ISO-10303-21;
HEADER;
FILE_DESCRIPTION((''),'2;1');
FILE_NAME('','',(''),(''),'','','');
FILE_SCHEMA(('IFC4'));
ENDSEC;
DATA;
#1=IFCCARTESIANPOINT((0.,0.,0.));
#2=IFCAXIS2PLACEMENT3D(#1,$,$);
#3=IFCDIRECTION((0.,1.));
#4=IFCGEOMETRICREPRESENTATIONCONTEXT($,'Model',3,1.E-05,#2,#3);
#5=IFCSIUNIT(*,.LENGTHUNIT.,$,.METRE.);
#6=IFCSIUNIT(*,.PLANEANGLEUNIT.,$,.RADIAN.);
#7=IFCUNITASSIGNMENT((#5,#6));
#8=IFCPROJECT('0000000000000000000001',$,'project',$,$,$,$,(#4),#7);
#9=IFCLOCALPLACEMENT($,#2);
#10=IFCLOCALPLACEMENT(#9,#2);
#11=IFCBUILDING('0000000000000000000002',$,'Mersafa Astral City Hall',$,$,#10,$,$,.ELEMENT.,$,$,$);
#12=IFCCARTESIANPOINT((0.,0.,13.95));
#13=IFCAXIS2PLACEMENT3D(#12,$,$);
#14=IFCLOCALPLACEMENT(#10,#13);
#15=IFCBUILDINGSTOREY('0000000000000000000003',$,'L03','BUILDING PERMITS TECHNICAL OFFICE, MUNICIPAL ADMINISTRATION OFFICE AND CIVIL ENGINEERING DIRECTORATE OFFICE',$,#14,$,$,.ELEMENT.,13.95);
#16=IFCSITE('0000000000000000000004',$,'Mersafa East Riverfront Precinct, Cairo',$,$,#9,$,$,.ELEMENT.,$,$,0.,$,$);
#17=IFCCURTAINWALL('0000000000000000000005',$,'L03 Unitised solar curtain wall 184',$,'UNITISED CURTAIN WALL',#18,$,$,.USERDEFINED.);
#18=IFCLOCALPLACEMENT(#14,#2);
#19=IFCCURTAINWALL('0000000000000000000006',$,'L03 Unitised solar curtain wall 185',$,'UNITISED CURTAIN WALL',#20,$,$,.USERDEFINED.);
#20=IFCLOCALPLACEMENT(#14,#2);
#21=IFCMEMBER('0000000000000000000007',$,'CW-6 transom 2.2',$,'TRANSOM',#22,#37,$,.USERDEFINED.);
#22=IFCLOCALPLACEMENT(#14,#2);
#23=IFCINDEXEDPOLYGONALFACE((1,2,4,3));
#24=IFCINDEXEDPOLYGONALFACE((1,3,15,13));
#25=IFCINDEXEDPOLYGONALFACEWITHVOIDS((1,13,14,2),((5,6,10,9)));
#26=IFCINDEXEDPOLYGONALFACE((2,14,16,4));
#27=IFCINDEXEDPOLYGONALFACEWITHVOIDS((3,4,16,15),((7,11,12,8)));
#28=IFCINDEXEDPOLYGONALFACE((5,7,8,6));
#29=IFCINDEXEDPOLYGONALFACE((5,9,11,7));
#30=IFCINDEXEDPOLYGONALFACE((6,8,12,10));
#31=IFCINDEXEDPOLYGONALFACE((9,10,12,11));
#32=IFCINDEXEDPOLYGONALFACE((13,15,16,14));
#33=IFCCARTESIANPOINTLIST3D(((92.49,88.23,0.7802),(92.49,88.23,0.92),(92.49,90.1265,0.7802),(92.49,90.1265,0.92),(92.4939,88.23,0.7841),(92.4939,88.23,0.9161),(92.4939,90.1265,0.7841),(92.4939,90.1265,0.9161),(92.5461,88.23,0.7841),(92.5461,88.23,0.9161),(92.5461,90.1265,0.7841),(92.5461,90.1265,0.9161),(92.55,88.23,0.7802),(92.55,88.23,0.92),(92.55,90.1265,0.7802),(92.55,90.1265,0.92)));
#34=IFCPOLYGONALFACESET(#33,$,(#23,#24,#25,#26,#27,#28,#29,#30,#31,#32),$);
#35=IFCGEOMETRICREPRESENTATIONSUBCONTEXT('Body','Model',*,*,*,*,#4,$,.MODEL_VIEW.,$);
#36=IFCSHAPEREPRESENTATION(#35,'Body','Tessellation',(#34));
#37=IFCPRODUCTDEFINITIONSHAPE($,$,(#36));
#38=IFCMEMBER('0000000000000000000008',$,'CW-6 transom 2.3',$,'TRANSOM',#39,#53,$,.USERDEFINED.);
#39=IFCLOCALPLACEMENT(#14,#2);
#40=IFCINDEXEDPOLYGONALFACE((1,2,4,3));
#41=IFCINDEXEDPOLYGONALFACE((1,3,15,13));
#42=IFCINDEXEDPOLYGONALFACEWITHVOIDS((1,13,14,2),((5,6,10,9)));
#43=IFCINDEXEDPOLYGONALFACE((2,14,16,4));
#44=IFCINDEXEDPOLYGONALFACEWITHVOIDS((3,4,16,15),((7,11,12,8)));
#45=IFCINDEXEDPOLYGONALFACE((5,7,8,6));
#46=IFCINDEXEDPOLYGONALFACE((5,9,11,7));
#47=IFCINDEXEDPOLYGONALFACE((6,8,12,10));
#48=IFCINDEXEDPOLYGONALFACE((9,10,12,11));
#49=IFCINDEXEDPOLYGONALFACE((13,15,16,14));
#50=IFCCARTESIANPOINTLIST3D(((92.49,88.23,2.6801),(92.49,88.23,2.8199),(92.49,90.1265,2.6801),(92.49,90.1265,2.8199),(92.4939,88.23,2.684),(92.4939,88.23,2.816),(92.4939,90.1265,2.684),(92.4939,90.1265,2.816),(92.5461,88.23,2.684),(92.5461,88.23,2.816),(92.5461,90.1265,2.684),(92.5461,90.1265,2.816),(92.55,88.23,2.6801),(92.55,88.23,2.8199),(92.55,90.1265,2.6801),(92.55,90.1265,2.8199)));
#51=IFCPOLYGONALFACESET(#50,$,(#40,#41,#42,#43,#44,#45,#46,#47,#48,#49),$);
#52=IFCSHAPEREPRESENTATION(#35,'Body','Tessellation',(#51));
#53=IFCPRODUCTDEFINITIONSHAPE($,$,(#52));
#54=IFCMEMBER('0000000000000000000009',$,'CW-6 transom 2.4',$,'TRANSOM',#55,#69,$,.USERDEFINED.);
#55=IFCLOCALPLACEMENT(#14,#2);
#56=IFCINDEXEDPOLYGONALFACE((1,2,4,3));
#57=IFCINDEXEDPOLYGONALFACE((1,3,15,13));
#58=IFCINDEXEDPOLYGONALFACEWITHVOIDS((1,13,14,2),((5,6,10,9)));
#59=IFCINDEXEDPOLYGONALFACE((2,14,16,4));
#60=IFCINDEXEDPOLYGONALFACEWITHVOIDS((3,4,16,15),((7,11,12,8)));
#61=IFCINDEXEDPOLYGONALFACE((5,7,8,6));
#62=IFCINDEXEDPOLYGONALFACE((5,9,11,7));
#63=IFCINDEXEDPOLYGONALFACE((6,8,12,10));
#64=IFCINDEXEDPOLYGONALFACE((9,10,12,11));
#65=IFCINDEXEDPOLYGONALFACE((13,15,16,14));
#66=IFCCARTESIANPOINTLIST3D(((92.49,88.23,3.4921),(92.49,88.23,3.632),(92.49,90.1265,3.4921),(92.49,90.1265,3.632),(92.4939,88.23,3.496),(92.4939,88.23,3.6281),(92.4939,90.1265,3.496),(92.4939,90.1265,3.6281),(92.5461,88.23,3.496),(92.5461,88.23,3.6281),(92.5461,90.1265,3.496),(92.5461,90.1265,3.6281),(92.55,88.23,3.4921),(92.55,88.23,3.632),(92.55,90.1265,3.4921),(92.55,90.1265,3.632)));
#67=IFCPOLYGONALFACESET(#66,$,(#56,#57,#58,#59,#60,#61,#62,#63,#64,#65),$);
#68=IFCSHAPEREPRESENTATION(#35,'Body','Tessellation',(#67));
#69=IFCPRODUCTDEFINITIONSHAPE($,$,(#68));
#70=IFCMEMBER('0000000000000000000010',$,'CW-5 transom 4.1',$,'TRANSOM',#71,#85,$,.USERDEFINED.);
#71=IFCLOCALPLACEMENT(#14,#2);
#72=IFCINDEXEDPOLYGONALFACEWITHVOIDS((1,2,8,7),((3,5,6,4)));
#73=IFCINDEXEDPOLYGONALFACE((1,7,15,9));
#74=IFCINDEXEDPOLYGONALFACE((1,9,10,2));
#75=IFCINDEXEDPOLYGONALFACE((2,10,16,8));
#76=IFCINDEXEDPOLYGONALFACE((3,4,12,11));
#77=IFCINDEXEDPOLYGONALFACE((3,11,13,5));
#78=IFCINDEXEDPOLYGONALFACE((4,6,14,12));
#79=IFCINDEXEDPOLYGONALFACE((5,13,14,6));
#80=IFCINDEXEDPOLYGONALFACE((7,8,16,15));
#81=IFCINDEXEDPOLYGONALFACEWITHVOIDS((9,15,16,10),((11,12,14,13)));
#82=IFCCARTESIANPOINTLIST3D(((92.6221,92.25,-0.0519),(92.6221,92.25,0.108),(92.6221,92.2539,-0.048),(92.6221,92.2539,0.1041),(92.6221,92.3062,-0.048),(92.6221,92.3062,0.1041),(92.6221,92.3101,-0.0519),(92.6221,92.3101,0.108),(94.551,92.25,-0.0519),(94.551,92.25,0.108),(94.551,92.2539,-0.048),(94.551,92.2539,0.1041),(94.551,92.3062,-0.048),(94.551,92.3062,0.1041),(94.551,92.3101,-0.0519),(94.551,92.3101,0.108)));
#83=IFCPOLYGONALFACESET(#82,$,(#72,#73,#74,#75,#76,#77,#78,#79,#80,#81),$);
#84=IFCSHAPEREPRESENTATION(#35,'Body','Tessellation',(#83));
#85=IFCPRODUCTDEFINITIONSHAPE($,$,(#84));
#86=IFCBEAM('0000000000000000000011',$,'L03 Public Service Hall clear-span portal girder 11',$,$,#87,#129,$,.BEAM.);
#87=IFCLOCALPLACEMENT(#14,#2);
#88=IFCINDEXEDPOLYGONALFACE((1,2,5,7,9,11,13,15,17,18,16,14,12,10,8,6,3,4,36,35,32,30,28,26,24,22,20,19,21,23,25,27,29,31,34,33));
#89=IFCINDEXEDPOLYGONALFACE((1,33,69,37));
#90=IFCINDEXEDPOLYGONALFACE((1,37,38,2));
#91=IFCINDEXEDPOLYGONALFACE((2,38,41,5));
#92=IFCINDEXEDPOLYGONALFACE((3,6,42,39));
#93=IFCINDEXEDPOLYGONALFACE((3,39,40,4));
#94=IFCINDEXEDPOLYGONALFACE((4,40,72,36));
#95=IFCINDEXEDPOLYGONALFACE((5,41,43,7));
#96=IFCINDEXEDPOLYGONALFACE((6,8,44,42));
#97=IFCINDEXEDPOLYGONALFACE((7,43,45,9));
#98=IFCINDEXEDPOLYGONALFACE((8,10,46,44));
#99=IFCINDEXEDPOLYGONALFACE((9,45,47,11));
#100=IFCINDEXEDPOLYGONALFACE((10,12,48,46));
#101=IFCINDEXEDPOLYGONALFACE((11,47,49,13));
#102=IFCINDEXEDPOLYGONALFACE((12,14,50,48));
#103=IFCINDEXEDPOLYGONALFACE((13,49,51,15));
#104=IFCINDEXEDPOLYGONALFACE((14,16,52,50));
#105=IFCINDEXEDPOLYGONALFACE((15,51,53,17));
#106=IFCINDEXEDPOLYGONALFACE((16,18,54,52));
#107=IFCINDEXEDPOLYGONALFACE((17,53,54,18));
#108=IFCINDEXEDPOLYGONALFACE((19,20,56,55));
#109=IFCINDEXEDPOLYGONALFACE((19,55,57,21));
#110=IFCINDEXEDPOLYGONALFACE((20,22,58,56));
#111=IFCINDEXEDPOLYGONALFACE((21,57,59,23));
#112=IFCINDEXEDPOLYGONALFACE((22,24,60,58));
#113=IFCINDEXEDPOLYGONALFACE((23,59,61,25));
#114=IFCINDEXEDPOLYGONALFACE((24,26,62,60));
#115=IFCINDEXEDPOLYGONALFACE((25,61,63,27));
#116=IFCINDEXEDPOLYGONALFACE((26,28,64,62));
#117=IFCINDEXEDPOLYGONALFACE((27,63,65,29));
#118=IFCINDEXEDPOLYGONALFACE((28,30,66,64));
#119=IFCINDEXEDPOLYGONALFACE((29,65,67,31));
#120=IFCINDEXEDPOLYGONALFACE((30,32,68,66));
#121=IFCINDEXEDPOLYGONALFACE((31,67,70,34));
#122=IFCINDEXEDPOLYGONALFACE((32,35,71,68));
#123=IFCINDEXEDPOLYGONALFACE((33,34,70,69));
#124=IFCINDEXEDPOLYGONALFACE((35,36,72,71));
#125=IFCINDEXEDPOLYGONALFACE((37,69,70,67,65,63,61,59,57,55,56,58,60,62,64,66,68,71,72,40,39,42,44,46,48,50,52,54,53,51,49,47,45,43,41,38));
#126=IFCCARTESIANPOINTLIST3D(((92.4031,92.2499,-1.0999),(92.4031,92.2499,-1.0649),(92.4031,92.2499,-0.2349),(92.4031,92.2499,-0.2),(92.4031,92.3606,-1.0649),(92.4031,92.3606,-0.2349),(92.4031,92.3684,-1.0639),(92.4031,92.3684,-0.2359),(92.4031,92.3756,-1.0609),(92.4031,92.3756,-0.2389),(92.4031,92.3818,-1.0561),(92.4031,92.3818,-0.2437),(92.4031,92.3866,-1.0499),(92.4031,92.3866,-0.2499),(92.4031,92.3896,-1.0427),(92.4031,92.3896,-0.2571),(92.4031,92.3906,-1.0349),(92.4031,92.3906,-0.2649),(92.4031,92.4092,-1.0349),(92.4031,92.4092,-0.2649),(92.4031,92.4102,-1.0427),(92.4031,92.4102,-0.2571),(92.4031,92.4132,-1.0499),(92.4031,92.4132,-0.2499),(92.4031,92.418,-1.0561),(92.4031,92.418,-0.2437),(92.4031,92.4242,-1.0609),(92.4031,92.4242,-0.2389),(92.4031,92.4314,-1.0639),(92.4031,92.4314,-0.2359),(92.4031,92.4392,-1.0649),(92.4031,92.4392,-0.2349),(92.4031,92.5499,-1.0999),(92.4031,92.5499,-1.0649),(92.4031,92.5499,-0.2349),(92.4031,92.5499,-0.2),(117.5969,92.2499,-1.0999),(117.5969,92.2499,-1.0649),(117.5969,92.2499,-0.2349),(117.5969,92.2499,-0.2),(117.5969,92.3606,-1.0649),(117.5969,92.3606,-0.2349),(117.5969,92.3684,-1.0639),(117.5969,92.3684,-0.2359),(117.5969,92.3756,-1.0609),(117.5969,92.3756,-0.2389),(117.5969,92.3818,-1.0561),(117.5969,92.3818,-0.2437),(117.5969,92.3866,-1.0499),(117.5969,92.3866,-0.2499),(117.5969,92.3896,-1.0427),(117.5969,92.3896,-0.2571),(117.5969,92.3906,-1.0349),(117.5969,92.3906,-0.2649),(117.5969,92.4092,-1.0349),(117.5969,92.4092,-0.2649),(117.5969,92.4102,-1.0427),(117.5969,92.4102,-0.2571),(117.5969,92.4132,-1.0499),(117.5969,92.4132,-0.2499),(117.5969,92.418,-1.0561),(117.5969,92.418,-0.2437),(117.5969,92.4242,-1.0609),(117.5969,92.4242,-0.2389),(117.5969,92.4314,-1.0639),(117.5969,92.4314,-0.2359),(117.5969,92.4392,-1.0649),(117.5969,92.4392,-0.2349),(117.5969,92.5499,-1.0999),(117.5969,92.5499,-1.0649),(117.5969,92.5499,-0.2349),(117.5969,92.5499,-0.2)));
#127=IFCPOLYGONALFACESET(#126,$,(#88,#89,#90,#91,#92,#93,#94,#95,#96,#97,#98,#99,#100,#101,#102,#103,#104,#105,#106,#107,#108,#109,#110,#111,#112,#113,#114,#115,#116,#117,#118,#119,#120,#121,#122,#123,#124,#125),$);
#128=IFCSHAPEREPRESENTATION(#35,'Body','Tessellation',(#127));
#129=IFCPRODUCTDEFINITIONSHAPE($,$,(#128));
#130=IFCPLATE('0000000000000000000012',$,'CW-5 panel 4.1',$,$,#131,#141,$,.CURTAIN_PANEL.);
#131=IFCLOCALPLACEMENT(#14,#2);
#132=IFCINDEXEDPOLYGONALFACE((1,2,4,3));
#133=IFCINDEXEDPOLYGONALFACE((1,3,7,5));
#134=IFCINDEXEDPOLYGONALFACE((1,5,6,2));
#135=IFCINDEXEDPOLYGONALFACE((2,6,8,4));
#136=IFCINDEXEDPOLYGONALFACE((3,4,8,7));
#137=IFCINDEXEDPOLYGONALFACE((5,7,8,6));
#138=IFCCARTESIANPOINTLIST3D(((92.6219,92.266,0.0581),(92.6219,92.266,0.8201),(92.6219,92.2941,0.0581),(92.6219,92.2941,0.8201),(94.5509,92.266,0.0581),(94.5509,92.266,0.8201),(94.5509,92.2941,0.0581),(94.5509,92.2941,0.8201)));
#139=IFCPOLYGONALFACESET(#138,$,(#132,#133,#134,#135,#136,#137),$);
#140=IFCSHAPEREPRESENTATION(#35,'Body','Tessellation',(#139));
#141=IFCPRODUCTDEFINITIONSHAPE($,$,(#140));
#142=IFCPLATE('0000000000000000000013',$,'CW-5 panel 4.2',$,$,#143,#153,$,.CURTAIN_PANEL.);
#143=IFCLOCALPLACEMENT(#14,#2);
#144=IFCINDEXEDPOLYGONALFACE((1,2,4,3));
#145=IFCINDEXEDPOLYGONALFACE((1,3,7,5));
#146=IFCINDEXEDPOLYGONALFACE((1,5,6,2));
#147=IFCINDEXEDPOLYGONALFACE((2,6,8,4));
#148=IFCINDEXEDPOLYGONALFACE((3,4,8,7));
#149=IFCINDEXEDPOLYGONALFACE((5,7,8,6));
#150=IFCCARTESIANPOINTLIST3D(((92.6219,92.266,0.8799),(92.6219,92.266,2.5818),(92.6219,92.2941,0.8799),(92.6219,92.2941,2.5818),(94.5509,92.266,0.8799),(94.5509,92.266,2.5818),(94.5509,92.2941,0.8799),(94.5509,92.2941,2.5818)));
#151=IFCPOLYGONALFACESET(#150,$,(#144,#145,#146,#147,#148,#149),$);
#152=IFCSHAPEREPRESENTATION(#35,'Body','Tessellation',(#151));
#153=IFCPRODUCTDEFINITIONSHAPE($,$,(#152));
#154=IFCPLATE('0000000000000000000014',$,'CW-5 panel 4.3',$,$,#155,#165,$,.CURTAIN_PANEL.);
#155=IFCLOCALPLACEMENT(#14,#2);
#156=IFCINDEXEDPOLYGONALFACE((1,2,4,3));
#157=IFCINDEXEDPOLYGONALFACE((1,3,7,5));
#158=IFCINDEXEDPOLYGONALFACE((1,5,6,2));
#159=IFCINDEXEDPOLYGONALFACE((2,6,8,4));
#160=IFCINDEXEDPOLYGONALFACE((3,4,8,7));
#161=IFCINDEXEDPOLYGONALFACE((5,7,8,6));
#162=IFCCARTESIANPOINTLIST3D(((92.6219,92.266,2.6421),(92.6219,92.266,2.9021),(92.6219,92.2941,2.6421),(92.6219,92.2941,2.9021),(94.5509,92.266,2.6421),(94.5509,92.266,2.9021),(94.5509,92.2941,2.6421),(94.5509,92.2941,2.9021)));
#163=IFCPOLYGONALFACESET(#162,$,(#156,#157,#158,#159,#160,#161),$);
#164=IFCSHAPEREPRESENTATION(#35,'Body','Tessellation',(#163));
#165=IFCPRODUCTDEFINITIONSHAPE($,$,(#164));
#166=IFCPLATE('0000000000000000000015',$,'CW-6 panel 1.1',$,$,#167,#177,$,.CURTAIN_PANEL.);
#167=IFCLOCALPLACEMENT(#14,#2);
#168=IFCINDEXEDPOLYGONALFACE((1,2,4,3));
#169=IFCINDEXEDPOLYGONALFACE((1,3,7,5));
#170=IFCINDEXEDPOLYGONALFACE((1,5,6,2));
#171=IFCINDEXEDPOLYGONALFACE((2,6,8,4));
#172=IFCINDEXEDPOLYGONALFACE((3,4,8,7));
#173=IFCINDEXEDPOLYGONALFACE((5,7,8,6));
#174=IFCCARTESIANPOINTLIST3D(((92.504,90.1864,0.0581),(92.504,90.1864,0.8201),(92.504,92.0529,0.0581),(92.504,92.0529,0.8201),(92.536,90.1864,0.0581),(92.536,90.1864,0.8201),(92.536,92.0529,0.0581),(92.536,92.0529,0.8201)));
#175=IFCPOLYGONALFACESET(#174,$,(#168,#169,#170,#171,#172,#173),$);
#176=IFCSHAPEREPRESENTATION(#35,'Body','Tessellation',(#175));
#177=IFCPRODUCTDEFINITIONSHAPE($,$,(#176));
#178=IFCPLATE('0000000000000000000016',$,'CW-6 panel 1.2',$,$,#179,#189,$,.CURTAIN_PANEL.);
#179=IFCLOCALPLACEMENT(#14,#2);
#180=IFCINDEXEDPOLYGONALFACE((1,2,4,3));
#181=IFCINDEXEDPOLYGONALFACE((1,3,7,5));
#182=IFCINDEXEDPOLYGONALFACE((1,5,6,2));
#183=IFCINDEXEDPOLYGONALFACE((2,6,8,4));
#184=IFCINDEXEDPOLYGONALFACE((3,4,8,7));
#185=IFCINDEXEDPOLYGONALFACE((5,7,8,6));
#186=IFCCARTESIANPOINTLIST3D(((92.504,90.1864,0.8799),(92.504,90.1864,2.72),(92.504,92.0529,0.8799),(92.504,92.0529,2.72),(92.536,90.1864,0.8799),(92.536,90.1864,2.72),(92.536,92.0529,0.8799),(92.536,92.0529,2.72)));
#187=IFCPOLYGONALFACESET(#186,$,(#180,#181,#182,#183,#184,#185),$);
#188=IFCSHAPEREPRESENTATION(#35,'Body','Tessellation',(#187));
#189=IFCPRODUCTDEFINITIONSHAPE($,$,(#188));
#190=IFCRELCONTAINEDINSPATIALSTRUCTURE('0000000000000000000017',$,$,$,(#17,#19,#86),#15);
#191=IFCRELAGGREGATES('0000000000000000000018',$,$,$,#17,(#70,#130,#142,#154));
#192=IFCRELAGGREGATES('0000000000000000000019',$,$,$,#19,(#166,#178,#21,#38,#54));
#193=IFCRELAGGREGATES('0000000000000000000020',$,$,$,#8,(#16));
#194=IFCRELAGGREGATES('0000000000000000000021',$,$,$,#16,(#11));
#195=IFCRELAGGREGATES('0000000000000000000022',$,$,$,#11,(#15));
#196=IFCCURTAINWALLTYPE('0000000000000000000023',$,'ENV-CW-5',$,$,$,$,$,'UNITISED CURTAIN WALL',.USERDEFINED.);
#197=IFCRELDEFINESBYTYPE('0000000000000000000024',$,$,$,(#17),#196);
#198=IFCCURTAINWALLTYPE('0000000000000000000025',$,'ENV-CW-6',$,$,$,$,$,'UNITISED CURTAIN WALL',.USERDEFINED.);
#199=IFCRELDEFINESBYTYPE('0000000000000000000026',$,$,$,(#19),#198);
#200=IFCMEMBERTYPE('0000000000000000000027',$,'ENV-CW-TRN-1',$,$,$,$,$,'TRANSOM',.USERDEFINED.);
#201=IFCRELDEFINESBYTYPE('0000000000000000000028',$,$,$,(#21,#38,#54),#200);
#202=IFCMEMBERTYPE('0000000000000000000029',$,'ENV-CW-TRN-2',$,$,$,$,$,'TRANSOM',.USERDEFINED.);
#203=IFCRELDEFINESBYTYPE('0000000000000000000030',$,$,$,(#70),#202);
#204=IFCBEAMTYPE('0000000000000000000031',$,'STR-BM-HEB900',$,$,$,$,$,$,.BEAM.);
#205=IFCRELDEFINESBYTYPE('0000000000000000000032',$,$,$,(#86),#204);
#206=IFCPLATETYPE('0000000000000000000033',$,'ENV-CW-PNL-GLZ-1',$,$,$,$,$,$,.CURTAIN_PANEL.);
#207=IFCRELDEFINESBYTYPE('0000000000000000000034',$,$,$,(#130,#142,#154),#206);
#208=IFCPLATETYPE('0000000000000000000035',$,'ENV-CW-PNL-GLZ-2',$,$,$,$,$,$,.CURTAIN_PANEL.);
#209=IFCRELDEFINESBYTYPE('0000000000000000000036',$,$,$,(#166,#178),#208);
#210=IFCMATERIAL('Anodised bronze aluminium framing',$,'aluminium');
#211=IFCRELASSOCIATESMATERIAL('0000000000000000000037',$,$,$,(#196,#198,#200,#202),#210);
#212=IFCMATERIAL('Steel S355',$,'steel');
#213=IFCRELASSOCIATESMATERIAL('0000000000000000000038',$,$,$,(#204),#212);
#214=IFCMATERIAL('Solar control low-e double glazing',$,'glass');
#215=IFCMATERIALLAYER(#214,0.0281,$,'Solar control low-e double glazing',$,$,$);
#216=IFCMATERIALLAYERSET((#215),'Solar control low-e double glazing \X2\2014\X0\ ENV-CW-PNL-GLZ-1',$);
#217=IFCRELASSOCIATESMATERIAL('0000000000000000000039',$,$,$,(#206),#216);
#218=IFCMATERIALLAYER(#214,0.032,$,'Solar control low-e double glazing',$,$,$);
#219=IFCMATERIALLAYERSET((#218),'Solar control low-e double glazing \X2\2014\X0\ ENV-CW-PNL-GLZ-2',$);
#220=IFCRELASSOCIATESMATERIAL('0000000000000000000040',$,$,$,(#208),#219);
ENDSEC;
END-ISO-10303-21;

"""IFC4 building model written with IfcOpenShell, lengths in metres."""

from ifc_helpers import new_model, si_unit, direction, frame, origin, origin_2d, place, context, subcontext, project, spatial, rectangle, hollow_rectangle, i_section, extrude, material, layer, layer_set, material_profile, profile_set, type_object, element, aggregate, save


model = new_model("IFC4")

# Units and contexts
model_context = context("Model", 3, precision=1e-05, world=origin(), true_north=direction((0.0, 1.0)))
body_context = subcontext(model_context, "Body", "Model", "MODEL_VIEW")
ifc_project = project(units=[si_unit("LENGTHUNIT", "METRE"), si_unit("PLANEANGLEUNIT", "RADIAN")], contexts=[model_context])

# Site, building, storey
site_placement = place(None, origin())
site = spatial("IfcSite", under=ifc_project, at=site_placement, Name="Mersafa East Riverfront Precinct, Cairo", CompositionType="ELEMENT", RefElevation=0.0)
building_placement = place(site_placement, origin())
building = spatial("IfcBuilding", under=site, at=building_placement, Name="Mersafa Astral City Hall", CompositionType="ELEMENT")
storey_placement = place(building_placement, frame((0.0, 0.0, 13.95)))
storey = spatial("IfcBuildingStorey", under=building, at=storey_placement, Name="L03", Description="BUILDING PERMITS TECHNICAL OFFICE, MUNICIPAL ADMINISTRATION OFFICE AND CIVIL ENGINEERING DIRECTORATE OFFICE", CompositionType="ELEMENT", Elevation=13.95)

# Shared definitions
ifc_material_1 = material(Name="Steel S355", Category="steel")

# Curtain wall
ifc_material_2 = material(Name="Anodised bronze aluminium framing", Category="aluminium")
curtain_wall_type_1 = type_object("IfcCurtainWallType", Name="ENV-CW-5", ElementType="UNITISED CURTAIN WALL", PredefinedType="USERDEFINED", material=ifc_material_2)
curtain_wall_1_placement = place(storey_placement, origin())
curtain_wall_1 = element("IfcCurtainWall", 1, at=curtain_wall_1_placement, inside=storey, type_object=curtain_wall_type_1, Name="L03 Unitised solar curtain wall 184", ObjectType="UNITISED CURTAIN WALL", PredefinedType="USERDEFINED")

# Curtain wall, members
curtain_wall_type_2 = type_object("IfcCurtainWallType", Name="ENV-CW-6", ElementType="UNITISED CURTAIN WALL", PredefinedType="USERDEFINED", material=ifc_material_2)
curtain_wall_2_placement = place(storey_placement, origin())
curtain_wall_2 = element("IfcCurtainWall", 2, at=curtain_wall_2_placement, inside=storey, type_object=curtain_wall_type_2, Name="L03 Unitised solar curtain wall 185", ObjectType="UNITISED CURTAIN WALL", PredefinedType="USERDEFINED")
ifc_material_profile_1 = material_profile(ifc_material_2, hollow_rectangle(XDim=0.0601, YDim=0.1399, WallThickness=0.0039, at=origin_2d()), Name="RHS 60x140x4")
ifc_profile_set_1 = profile_set([ifc_material_profile_1], Name="Anodised bronze aluminium framing")
member_type_1 = type_object("IfcMemberType", Name="ENV-CW-TRN-1", ElementType="TRANSOM", PredefinedType="USERDEFINED", material=ifc_profile_set_1)
member_1_placement = place(storey_placement, frame((92.52, 90.1265, 0.8501), z_axis=(0.0, -1.0, 0.0), x_axis=(1.0, 0.0, 0.0)))
member_1 = element("IfcMember", 3, at=member_1_placement, type_object=member_type_1, Name="CW-6 transom 2.2", ObjectType="TRANSOM", PredefinedType="USERDEFINED", context=body_context, shape_type="SweptSolid", body=[
    extrude(hollow_rectangle(XDim=0.0601, YDim=0.1399, WallThickness=0.0039, at=origin_2d()), origin(), (0.0, 0.0, 1.0), 1.8965),
])
member_2_placement = place(storey_placement, frame((92.52, 90.1265, 2.75), z_axis=(0.0, -1.0, 0.0), x_axis=(1.0, 0.0, 0.0)))
member_2 = element("IfcMember", 4, at=member_2_placement, type_object=member_type_1, Name="CW-6 transom 2.3", ObjectType="TRANSOM", PredefinedType="USERDEFINED", context=body_context, shape_type="SweptSolid", body=[
    extrude(hollow_rectangle(XDim=0.0601, YDim=0.1399, WallThickness=0.0039, at=origin_2d()), origin(), (0.0, 0.0, 1.0), 1.8965),
])
member_3_placement = place(storey_placement, frame((92.52, 90.1265, 3.562), z_axis=(0.0, -1.0, 0.0), x_axis=(1.0, 0.0, 0.0)))
member_3 = element("IfcMember", 5, at=member_3_placement, type_object=member_type_1, Name="CW-6 transom 2.4", ObjectType="TRANSOM", PredefinedType="USERDEFINED", context=body_context, shape_type="SweptSolid", body=[
    extrude(hollow_rectangle(XDim=0.0601, YDim=0.1399, WallThickness=0.0039, at=origin_2d()), origin(), (0.0, 0.0, 1.0), 1.8965),
])

# Member
ifc_material_profile_2 = material_profile(ifc_material_2, hollow_rectangle(XDim=0.0601, YDim=0.1599, WallThickness=0.0039, at=origin_2d()), Name="RHS 60x160x4")
ifc_profile_set_2 = profile_set([ifc_material_profile_2], Name="Anodised bronze aluminium framing")
member_type_2 = type_object("IfcMemberType", Name="ENV-CW-TRN-2", ElementType="TRANSOM", PredefinedType="USERDEFINED", material=ifc_profile_set_2)
member_4_placement = place(storey_placement, frame((94.551, 92.28, 0.0281), z_axis=(-1.0, 0.0, 0.0), x_axis=(0.0, -1.0, 0.0)))
member_4 = element("IfcMember", 6, at=member_4_placement, type_object=member_type_2, Name="CW-5 transom 4.1", ObjectType="TRANSOM", PredefinedType="USERDEFINED", context=body_context, shape_type="SweptSolid", body=[
    extrude(hollow_rectangle(XDim=0.0601, YDim=0.1599, WallThickness=0.0039, at=origin_2d()), origin(), (0.0, 0.0, 1.0), 1.929),
])

# Beam
ifc_material_profile_3 = material_profile(ifc_material_1, i_section(OverallWidth=0.3, OverallDepth=0.8999, WebThickness=0.0186, FlangeThickness=0.0349, FilletRadius=0.03, at=origin_2d()), Name="HEB 900")
ifc_profile_set_3 = profile_set([ifc_material_profile_3], Name="Steel S355")
beam_type = type_object("IfcBeamType", Name="STR-BM-HEB900", PredefinedType="BEAM", material=ifc_profile_set_3)
beam_placement = place(storey_placement, frame((92.4031, 92.3999, -0.6499), z_axis=(1.0, 0.0, 0.0), x_axis=(0.0, 1.0, 0.0)))
element("IfcBeam", 7, at=beam_placement, inside=storey, type_object=beam_type, Name="L03 Public Service Hall clear-span portal girder 11", PredefinedType="BEAM", context=body_context, shape_type="SweptSolid", body=[
    extrude(i_section(OverallWidth=0.3, OverallDepth=0.8999, WebThickness=0.0186, FlangeThickness=0.0349, FilletRadius=0.03, at=origin_2d()), origin(), (0.0, 0.0, 1.0), 25.1938),
])

# Plates
ifc_material_3 = material(Name="Solar control low-e double glazing", Category="glass")
ifc_layer_1 = layer(ifc_material_3, 0.0281, Name="Solar control low-e double glazing")
ifc_layer_set_1 = layer_set([ifc_layer_1], Name="Solar control low-e double glazing — ENV-CW-PNL-GLZ-1")
plate_type_1 = type_object("IfcPlateType", Name="ENV-CW-PNL-GLZ-1", PredefinedType="CURTAIN_PANEL", material=ifc_layer_set_1)
plate_1_placement = place(storey_placement, frame((93.5864, 92.28, 0.0581), z_axis=(0.0, 0.0, 1.0), x_axis=(-1.0, 0.0, 0.0)))
plate_1 = element("IfcPlate", 8, at=plate_1_placement, type_object=plate_type_1, Name="CW-5 panel 4.1", PredefinedType="CURTAIN_PANEL", context=body_context, shape_type="SweptSolid", body=[
    extrude(rectangle(XDim=1.929, YDim=0.0281, at=origin_2d()), origin(), (0.0, 0.0, 1.0), 0.762),
])
plate_2_placement = place(storey_placement, frame((93.5864, 92.28, 0.8799), z_axis=(0.0, 0.0, 1.0), x_axis=(-1.0, 0.0, 0.0)))
plate_2 = element("IfcPlate", 9, at=plate_2_placement, type_object=plate_type_1, Name="CW-5 panel 4.2", PredefinedType="CURTAIN_PANEL", context=body_context, shape_type="SweptSolid", body=[
    extrude(rectangle(XDim=1.929, YDim=0.0281, at=origin_2d()), origin(), (0.0, 0.0, 1.0), 1.7019),
])
plate_3_placement = place(storey_placement, frame((93.5864, 92.28, 2.6421), z_axis=(0.0, 0.0, 1.0), x_axis=(-1.0, 0.0, 0.0)))
plate_3 = element("IfcPlate", 10, at=plate_3_placement, type_object=plate_type_1, Name="CW-5 panel 4.3", PredefinedType="CURTAIN_PANEL", context=body_context, shape_type="SweptSolid", body=[
    extrude(rectangle(XDim=1.929, YDim=0.0281, at=origin_2d()), origin(), (0.0, 0.0, 1.0), 0.26),
])
aggregate(curtain_wall_1, [member_4, plate_1, plate_2, plate_3])
ifc_layer_2 = layer(ifc_material_3, 0.032, Name="Solar control low-e double glazing")
ifc_layer_set_2 = layer_set([ifc_layer_2], Name="Solar control low-e double glazing — ENV-CW-PNL-GLZ-2")
plate_type_2 = type_object("IfcPlateType", Name="ENV-CW-PNL-GLZ-2", PredefinedType="CURTAIN_PANEL", material=ifc_layer_set_2)
plate_4_placement = place(storey_placement, frame((92.52, 91.1196, 0.0581), z_axis=(0.0, 0.0, 1.0), x_axis=(0.0, -1.0, 0.0)))
plate_4 = element("IfcPlate", 11, at=plate_4_placement, type_object=plate_type_2, Name="CW-6 panel 1.1", PredefinedType="CURTAIN_PANEL", context=body_context, shape_type="SweptSolid", body=[
    extrude(rectangle(XDim=1.8665, YDim=0.032, at=origin_2d()), origin(), (0.0, 0.0, 1.0), 0.762),
])
plate_5_placement = place(storey_placement, frame((92.52, 91.1196, 0.8799), z_axis=(0.0, 0.0, 1.0), x_axis=(0.0, -1.0, 0.0)))
plate_5 = element("IfcPlate", 12, at=plate_5_placement, type_object=plate_type_2, Name="CW-6 panel 1.2", PredefinedType="CURTAIN_PANEL", context=body_context, shape_type="SweptSolid", body=[
    extrude(rectangle(XDim=1.8665, YDim=0.032, at=origin_2d()), origin(), (0.0, 0.0, 1.0), 1.8401),
])
aggregate(curtain_wall_2, [plate_4, plate_5, member_1, member_2, member_3])

save(model, "model.ifc")
